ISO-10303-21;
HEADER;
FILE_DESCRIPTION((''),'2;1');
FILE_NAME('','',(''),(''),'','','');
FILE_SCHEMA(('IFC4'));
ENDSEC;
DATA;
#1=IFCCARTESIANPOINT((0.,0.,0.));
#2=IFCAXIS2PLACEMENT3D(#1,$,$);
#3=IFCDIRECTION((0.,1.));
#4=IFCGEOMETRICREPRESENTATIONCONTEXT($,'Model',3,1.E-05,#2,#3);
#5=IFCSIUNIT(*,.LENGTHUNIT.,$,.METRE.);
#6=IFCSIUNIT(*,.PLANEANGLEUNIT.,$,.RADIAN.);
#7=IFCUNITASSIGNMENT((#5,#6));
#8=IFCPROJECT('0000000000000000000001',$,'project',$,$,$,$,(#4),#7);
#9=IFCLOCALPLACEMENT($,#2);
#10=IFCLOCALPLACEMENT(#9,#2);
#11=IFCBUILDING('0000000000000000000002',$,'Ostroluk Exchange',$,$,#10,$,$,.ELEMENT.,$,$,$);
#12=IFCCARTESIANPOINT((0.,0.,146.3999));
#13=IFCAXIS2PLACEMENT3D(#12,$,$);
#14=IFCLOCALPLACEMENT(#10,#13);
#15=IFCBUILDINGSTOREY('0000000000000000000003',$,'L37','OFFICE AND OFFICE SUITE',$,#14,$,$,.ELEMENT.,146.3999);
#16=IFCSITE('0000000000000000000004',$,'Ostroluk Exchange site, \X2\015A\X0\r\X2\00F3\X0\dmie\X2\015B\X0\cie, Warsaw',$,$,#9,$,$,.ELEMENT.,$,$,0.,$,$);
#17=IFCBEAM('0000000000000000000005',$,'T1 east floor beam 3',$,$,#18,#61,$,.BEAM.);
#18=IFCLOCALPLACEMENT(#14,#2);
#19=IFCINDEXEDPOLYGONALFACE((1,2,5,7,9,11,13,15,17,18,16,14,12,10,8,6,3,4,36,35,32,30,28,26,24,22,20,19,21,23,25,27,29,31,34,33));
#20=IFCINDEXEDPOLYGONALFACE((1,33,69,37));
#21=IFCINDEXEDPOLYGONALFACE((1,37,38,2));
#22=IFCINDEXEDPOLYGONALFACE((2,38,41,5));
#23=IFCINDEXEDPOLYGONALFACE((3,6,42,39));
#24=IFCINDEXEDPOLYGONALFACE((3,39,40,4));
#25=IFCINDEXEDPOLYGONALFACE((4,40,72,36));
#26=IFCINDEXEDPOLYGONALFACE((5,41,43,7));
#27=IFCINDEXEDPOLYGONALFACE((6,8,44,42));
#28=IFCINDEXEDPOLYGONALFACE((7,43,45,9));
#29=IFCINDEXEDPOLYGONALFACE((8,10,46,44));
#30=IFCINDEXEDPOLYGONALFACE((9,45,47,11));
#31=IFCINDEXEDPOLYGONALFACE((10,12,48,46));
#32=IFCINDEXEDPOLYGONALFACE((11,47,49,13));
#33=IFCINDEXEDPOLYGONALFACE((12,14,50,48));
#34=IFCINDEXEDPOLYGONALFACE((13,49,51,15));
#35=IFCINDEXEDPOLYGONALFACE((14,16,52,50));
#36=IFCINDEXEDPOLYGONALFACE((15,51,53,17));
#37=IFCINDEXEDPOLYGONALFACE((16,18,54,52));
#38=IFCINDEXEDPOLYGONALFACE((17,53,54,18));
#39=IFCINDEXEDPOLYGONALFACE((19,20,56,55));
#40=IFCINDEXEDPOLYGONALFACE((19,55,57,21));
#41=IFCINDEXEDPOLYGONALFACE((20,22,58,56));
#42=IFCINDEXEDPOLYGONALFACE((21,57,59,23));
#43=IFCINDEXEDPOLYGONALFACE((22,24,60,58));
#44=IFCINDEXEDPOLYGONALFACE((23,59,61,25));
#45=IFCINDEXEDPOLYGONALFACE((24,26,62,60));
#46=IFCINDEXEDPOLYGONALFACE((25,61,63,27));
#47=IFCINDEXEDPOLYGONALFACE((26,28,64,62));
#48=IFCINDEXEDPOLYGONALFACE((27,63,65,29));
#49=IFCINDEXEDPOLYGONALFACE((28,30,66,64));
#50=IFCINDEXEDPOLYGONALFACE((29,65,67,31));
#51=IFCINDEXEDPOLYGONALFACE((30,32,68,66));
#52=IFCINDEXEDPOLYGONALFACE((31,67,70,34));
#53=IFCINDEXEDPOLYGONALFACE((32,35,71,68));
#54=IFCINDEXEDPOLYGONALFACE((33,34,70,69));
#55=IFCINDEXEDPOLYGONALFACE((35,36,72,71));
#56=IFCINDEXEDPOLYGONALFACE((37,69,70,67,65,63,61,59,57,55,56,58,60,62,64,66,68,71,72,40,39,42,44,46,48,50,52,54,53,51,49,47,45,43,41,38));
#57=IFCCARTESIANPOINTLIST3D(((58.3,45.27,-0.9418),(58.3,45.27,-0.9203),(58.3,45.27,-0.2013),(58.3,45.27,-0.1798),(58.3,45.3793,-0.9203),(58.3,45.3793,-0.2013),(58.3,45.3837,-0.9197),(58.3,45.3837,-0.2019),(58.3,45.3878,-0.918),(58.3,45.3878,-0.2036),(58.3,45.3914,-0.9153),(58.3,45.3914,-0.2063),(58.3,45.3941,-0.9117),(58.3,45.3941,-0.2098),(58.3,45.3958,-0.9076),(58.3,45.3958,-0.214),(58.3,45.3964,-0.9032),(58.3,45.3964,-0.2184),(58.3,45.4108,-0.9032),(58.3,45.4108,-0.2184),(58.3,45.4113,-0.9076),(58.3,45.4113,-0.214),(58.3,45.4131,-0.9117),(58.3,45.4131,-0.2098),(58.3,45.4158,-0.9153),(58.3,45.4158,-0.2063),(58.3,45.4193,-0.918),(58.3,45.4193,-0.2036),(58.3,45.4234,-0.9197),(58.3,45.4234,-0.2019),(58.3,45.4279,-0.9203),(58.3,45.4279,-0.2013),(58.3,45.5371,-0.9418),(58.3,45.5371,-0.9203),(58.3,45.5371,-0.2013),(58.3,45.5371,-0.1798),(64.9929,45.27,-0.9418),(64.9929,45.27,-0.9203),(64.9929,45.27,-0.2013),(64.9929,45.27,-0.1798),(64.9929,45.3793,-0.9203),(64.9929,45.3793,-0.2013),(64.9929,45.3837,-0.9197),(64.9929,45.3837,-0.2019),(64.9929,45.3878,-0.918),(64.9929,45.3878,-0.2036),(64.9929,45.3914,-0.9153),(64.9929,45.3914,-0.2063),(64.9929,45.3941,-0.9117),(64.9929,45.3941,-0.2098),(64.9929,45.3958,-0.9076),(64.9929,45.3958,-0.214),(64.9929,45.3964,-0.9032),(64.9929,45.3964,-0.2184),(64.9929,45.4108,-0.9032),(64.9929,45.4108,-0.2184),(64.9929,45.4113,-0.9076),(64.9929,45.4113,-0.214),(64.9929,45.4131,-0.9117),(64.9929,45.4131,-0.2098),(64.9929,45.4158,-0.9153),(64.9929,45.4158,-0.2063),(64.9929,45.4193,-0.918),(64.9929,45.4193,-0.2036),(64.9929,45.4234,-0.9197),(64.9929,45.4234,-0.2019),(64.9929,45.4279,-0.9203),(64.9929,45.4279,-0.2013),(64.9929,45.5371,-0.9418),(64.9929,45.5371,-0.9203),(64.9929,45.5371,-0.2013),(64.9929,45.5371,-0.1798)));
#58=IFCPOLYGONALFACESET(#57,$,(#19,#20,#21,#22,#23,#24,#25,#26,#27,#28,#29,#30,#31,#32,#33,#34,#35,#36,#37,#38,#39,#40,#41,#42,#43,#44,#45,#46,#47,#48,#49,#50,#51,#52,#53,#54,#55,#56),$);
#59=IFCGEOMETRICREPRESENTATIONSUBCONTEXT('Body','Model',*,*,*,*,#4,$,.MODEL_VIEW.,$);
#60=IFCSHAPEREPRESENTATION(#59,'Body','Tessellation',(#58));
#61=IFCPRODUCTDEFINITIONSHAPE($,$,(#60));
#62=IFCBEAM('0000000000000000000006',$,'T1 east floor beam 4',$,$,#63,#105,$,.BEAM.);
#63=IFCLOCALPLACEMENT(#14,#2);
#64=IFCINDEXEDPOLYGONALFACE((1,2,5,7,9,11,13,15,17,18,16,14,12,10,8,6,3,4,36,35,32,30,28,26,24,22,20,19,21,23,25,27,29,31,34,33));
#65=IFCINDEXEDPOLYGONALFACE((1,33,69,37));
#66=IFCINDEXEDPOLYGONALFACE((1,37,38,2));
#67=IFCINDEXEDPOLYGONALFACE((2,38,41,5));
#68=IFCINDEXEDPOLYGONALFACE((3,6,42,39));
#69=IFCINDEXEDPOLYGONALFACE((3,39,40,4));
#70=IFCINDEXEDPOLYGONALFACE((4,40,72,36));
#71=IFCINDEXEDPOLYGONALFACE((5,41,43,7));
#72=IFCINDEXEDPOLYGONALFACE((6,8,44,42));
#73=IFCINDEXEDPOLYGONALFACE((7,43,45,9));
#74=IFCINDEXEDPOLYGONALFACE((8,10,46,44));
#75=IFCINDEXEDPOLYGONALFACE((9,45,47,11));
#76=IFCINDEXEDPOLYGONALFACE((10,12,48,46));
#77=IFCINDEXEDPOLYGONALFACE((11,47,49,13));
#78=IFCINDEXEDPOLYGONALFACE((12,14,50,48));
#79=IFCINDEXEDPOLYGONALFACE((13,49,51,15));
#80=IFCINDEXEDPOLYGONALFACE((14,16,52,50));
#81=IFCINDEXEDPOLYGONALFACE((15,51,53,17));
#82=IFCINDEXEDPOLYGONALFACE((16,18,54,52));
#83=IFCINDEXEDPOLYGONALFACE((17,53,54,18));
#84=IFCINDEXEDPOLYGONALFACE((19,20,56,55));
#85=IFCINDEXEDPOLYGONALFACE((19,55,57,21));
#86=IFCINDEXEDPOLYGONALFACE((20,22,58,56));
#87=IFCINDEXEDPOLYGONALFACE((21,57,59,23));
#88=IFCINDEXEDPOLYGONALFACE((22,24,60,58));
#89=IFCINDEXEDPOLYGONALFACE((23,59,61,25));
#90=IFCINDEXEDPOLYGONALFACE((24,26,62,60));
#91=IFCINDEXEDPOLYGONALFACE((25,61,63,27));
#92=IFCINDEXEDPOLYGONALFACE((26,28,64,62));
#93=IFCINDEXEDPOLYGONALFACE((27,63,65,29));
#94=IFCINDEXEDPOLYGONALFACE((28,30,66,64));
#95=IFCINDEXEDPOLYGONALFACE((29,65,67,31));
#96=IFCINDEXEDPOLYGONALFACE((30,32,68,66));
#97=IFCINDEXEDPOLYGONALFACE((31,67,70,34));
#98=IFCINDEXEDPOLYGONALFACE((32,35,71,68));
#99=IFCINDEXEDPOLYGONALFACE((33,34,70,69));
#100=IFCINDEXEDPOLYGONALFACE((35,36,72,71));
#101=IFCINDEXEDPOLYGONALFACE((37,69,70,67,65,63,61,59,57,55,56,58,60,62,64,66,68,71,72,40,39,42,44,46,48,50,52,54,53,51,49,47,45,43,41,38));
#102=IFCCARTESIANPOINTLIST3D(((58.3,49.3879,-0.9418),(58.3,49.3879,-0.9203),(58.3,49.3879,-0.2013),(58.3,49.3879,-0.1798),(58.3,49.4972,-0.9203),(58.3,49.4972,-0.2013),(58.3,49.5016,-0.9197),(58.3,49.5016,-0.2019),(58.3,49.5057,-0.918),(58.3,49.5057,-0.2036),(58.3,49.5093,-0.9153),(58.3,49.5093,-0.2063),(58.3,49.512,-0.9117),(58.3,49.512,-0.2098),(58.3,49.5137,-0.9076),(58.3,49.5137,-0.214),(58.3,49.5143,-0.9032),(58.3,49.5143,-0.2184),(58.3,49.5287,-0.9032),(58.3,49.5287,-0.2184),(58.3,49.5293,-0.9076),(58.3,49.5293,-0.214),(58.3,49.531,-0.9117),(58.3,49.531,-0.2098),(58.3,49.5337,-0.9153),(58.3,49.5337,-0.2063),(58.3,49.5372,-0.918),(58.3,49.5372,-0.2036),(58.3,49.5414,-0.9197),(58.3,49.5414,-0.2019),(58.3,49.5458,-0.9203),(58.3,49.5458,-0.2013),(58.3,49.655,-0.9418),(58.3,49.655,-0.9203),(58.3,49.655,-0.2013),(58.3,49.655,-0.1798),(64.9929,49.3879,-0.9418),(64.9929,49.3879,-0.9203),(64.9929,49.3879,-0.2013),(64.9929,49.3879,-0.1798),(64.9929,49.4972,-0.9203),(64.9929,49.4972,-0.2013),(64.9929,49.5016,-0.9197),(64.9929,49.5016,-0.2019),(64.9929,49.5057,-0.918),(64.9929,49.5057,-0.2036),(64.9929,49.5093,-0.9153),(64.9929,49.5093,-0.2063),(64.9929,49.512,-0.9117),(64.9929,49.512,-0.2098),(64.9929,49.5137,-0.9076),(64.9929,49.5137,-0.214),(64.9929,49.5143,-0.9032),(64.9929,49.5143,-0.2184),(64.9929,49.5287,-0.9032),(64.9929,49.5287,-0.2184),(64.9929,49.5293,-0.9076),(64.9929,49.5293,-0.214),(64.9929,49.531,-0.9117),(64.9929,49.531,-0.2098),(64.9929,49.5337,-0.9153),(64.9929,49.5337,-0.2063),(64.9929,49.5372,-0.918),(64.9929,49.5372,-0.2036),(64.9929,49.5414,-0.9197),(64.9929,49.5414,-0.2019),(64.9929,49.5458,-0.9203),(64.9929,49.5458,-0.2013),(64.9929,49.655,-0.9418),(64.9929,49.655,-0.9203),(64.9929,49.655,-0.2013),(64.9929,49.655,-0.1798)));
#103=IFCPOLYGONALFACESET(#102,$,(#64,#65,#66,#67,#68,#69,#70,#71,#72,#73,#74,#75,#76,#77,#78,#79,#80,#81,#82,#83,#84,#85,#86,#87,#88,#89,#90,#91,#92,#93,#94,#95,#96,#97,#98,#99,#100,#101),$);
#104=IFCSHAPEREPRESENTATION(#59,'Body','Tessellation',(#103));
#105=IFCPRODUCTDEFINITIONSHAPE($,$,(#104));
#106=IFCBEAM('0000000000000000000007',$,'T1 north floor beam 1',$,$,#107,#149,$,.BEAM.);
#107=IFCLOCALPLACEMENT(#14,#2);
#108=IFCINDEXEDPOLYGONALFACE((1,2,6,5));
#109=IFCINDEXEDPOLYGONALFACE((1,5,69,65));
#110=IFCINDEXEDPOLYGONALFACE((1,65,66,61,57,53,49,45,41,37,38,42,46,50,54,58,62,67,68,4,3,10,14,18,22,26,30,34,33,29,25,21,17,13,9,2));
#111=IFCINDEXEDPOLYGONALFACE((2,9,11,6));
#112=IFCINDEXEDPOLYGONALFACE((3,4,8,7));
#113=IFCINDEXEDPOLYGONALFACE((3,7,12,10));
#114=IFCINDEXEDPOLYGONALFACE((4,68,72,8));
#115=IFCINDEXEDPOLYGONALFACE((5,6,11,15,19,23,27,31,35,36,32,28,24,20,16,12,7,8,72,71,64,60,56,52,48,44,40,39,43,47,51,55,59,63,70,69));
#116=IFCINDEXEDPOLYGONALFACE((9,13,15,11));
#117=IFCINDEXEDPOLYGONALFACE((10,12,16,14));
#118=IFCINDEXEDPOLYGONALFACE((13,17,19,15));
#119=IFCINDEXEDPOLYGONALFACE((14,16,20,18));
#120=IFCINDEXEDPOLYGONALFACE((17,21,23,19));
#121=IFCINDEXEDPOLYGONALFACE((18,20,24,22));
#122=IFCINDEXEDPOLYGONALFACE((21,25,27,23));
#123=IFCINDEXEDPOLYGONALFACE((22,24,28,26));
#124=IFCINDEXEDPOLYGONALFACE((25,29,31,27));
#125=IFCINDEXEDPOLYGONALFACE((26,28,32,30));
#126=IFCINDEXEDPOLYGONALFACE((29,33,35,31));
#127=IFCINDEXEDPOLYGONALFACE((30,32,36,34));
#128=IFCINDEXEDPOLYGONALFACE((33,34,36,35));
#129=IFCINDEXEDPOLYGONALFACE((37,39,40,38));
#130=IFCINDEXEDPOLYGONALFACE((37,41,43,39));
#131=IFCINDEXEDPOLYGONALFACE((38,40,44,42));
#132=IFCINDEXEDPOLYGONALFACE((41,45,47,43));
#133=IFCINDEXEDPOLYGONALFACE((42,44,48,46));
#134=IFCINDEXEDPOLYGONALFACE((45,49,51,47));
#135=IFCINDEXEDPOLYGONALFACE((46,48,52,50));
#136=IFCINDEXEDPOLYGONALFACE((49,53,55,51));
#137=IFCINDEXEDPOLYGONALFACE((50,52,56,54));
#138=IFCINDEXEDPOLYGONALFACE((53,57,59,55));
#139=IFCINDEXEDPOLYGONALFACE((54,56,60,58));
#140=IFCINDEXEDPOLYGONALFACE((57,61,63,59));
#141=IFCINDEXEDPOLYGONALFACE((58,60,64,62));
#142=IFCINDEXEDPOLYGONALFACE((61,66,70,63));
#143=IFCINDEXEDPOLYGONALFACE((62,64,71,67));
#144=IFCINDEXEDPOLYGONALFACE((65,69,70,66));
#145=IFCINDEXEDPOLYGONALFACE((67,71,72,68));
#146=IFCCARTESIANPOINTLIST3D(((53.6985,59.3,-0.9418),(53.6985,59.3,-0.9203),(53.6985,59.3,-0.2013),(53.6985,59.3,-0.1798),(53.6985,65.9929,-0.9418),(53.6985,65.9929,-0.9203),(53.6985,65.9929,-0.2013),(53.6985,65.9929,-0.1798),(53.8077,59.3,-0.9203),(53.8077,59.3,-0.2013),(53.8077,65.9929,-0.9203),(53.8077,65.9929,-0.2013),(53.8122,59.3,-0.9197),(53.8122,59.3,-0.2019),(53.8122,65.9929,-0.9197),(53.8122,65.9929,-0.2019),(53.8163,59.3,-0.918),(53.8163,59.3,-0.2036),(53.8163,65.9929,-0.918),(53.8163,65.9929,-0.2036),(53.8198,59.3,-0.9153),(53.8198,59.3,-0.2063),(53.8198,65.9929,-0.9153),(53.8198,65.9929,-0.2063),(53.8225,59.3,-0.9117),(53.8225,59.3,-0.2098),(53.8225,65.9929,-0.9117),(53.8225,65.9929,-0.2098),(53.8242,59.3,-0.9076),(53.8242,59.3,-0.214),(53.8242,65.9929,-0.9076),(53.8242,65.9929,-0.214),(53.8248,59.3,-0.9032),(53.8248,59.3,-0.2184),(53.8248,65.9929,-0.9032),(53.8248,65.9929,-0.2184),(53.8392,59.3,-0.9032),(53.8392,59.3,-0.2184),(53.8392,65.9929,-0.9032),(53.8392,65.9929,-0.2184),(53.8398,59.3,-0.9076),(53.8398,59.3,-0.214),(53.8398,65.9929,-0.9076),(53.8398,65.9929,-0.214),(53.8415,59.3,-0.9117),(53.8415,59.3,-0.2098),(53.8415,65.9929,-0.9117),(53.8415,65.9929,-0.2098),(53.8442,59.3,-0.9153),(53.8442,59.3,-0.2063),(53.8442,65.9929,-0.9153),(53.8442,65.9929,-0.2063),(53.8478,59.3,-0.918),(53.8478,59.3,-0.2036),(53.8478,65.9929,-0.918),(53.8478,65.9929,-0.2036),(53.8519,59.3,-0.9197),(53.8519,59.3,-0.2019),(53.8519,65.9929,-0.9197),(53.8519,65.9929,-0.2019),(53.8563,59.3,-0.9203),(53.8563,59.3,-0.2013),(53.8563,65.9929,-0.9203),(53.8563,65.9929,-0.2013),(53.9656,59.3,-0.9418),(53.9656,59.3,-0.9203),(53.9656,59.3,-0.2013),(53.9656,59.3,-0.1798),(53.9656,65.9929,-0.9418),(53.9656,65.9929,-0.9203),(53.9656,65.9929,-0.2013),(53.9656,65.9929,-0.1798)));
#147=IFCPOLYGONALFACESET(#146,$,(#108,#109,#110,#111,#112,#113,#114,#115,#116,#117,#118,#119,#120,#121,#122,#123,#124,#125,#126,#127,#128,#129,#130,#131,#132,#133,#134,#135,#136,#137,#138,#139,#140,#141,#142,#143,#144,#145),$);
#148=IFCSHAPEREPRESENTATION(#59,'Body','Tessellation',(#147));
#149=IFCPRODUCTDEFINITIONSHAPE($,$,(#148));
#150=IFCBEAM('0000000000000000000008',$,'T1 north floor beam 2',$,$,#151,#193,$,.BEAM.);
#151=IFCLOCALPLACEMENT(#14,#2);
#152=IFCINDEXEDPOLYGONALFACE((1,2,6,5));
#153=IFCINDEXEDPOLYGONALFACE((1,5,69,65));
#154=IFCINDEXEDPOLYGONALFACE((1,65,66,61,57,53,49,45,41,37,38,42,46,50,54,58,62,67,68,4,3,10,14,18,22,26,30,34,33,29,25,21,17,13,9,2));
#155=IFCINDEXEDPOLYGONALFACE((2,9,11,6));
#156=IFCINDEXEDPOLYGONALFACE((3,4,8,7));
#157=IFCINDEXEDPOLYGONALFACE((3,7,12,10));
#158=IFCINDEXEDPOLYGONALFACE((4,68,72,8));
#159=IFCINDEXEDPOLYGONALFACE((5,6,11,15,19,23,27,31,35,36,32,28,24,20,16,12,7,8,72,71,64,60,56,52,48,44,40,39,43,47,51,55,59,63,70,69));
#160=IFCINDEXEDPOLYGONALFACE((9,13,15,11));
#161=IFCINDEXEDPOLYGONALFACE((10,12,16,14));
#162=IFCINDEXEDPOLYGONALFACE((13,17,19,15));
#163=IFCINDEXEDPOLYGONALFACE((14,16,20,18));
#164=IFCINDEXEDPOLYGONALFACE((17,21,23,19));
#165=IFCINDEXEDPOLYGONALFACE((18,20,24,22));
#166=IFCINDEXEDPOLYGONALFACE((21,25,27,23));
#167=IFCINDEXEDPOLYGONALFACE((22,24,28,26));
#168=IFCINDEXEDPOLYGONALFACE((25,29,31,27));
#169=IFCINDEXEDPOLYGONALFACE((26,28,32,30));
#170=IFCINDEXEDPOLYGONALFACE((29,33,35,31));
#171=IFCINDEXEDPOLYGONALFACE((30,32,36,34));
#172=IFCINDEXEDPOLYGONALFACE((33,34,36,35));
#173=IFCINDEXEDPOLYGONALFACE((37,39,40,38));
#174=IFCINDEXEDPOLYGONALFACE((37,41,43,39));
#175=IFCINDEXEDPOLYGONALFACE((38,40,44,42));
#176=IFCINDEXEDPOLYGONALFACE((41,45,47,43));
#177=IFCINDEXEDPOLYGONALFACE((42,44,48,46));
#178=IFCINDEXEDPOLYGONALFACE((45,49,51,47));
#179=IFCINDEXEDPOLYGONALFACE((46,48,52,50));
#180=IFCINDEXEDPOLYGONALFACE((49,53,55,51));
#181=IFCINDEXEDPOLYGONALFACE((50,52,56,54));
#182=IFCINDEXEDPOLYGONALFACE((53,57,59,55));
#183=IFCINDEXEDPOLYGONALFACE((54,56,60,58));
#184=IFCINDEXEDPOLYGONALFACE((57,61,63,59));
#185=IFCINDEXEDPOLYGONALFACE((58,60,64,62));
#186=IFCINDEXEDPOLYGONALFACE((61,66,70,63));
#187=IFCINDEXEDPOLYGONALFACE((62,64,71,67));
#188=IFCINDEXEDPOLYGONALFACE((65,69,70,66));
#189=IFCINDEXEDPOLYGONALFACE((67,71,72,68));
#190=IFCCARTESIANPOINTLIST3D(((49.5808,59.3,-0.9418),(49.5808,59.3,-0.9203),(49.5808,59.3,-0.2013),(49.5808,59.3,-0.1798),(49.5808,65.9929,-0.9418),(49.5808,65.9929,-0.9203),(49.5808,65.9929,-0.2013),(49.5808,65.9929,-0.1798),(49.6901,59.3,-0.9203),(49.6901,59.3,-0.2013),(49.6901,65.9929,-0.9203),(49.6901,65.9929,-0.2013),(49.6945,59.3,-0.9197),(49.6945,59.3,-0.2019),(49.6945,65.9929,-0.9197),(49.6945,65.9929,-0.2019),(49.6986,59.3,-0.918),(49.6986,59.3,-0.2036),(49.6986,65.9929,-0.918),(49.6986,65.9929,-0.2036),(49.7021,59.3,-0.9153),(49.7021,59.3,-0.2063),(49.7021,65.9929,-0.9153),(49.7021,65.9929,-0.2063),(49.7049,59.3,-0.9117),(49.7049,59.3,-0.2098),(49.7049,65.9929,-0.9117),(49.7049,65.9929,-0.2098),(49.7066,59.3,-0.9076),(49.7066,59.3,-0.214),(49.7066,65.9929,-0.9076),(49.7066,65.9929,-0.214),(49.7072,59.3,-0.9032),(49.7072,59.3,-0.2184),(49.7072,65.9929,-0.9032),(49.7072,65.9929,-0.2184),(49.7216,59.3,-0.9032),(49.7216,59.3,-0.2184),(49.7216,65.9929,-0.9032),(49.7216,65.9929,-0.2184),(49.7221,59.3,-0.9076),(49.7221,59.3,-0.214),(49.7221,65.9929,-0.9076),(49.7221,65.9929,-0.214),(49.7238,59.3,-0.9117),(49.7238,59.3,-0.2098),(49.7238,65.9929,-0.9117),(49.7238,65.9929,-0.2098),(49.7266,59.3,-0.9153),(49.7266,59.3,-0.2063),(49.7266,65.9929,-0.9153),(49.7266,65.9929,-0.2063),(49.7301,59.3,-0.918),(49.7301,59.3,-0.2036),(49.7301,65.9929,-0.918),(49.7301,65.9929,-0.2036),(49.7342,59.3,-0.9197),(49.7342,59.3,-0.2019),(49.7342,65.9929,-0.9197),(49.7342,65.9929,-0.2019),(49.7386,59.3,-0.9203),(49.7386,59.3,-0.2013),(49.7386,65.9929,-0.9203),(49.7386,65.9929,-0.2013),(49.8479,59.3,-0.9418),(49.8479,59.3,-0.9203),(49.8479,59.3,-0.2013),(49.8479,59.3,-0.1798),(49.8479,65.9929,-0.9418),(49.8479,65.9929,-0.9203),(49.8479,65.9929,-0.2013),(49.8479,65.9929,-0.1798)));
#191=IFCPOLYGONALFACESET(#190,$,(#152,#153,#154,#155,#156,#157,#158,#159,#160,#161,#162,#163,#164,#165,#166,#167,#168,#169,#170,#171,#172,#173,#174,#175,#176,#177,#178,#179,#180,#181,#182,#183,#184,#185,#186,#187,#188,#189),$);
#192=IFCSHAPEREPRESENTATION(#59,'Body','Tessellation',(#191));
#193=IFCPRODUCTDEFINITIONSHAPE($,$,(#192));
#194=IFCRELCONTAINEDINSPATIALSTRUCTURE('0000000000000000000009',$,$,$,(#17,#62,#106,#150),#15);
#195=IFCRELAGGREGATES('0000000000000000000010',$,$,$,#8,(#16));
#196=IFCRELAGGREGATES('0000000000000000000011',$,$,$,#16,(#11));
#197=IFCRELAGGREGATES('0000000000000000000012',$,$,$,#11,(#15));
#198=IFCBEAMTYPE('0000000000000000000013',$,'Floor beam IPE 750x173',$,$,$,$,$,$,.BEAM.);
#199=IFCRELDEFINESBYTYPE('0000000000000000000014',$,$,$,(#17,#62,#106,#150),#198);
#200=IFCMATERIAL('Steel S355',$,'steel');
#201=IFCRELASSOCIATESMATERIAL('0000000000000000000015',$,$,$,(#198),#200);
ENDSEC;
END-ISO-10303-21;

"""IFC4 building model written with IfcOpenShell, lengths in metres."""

from ifc_helpers import new_model, si_unit, direction, frame, origin, origin_2d, place, context, subcontext, project, spatial, i_section, extrude, material, material_profile, profile_set, type_object, element, save


model = new_model("IFC4")

# Units and contexts
model_context = context("Model", 3, precision=1e-05, world=origin(), true_north=direction((0.0, 1.0)))
body_context = subcontext(model_context, "Body", "Model", "MODEL_VIEW")
ifc_project = project(units=[si_unit("LENGTHUNIT", "METRE"), si_unit("PLANEANGLEUNIT", "RADIAN")], contexts=[model_context])

# Site, building, storey
site_placement = place(None, origin())
site = spatial("IfcSite", under=ifc_project, at=site_placement, Name="Ostroluk Exchange site, Śródmieście, Warsaw", CompositionType="ELEMENT", RefElevation=0.0)
building_placement = place(site_placement, origin())
building = spatial("IfcBuilding", under=site, at=building_placement, Name="Ostroluk Exchange", CompositionType="ELEMENT")
storey_placement = place(building_placement, frame((0.0, 0.0, 146.3999)))
storey = spatial("IfcBuildingStorey", under=building, at=storey_placement, Name="L37", Description="OFFICE AND OFFICE SUITE", CompositionType="ELEMENT", Elevation=146.3999)

# Beams
ifc_material_1 = material(Name="Steel S355", Category="steel")
ifc_material_profile = material_profile(ifc_material_1, i_section(OverallWidth=0.2671, OverallDepth=0.762, WebThickness=0.0144, FlangeThickness=0.0215, FilletRadius=0.0171, at=origin_2d()), Name="IPE 750x173")
ifc_profile_set = profile_set([ifc_material_profile], Name="Steel S355")
beam_type = type_object("IfcBeamType", Name="Floor beam IPE 750x173", PredefinedType="BEAM", material=ifc_profile_set)
for number, where, z_axis, x_axis, name in (
    (1, (58.3, 45.4036, -0.5608), (1.0, 0.0, 0.0), (0.0, 1.0, 0.0), "T1 east floor beam 3"),
    (2, (58.3, 49.5215, -0.5608), (1.0, 0.0, 0.0), (0.0, 1.0, 0.0), "T1 east floor beam 4"),
    (3, (53.832, 59.3, -0.5608), (0.0, 1.0, 0.0), (-1.0, 0.0, 0.0), "T1 north floor beam 1"),
    (4, (49.7144, 59.3, -0.5608), (0.0, 1.0, 0.0), (-1.0, 0.0, 0.0), "T1 north floor beam 2"),
):
    element("IfcBeam", number, at=place(storey_placement, frame(where, z_axis=z_axis, x_axis=x_axis)), inside=storey, type_object=beam_type, Name=name, PredefinedType="BEAM", context=body_context, shape_type="SweptSolid", body=[
        extrude(i_section(OverallWidth=0.2671, OverallDepth=0.762, WebThickness=0.0144, FlangeThickness=0.0215, FilletRadius=0.0171, at=origin_2d()), origin(), (0.0, 0.0, 1.0), 6.6929),
    ])

save(model, "model.ifc")
